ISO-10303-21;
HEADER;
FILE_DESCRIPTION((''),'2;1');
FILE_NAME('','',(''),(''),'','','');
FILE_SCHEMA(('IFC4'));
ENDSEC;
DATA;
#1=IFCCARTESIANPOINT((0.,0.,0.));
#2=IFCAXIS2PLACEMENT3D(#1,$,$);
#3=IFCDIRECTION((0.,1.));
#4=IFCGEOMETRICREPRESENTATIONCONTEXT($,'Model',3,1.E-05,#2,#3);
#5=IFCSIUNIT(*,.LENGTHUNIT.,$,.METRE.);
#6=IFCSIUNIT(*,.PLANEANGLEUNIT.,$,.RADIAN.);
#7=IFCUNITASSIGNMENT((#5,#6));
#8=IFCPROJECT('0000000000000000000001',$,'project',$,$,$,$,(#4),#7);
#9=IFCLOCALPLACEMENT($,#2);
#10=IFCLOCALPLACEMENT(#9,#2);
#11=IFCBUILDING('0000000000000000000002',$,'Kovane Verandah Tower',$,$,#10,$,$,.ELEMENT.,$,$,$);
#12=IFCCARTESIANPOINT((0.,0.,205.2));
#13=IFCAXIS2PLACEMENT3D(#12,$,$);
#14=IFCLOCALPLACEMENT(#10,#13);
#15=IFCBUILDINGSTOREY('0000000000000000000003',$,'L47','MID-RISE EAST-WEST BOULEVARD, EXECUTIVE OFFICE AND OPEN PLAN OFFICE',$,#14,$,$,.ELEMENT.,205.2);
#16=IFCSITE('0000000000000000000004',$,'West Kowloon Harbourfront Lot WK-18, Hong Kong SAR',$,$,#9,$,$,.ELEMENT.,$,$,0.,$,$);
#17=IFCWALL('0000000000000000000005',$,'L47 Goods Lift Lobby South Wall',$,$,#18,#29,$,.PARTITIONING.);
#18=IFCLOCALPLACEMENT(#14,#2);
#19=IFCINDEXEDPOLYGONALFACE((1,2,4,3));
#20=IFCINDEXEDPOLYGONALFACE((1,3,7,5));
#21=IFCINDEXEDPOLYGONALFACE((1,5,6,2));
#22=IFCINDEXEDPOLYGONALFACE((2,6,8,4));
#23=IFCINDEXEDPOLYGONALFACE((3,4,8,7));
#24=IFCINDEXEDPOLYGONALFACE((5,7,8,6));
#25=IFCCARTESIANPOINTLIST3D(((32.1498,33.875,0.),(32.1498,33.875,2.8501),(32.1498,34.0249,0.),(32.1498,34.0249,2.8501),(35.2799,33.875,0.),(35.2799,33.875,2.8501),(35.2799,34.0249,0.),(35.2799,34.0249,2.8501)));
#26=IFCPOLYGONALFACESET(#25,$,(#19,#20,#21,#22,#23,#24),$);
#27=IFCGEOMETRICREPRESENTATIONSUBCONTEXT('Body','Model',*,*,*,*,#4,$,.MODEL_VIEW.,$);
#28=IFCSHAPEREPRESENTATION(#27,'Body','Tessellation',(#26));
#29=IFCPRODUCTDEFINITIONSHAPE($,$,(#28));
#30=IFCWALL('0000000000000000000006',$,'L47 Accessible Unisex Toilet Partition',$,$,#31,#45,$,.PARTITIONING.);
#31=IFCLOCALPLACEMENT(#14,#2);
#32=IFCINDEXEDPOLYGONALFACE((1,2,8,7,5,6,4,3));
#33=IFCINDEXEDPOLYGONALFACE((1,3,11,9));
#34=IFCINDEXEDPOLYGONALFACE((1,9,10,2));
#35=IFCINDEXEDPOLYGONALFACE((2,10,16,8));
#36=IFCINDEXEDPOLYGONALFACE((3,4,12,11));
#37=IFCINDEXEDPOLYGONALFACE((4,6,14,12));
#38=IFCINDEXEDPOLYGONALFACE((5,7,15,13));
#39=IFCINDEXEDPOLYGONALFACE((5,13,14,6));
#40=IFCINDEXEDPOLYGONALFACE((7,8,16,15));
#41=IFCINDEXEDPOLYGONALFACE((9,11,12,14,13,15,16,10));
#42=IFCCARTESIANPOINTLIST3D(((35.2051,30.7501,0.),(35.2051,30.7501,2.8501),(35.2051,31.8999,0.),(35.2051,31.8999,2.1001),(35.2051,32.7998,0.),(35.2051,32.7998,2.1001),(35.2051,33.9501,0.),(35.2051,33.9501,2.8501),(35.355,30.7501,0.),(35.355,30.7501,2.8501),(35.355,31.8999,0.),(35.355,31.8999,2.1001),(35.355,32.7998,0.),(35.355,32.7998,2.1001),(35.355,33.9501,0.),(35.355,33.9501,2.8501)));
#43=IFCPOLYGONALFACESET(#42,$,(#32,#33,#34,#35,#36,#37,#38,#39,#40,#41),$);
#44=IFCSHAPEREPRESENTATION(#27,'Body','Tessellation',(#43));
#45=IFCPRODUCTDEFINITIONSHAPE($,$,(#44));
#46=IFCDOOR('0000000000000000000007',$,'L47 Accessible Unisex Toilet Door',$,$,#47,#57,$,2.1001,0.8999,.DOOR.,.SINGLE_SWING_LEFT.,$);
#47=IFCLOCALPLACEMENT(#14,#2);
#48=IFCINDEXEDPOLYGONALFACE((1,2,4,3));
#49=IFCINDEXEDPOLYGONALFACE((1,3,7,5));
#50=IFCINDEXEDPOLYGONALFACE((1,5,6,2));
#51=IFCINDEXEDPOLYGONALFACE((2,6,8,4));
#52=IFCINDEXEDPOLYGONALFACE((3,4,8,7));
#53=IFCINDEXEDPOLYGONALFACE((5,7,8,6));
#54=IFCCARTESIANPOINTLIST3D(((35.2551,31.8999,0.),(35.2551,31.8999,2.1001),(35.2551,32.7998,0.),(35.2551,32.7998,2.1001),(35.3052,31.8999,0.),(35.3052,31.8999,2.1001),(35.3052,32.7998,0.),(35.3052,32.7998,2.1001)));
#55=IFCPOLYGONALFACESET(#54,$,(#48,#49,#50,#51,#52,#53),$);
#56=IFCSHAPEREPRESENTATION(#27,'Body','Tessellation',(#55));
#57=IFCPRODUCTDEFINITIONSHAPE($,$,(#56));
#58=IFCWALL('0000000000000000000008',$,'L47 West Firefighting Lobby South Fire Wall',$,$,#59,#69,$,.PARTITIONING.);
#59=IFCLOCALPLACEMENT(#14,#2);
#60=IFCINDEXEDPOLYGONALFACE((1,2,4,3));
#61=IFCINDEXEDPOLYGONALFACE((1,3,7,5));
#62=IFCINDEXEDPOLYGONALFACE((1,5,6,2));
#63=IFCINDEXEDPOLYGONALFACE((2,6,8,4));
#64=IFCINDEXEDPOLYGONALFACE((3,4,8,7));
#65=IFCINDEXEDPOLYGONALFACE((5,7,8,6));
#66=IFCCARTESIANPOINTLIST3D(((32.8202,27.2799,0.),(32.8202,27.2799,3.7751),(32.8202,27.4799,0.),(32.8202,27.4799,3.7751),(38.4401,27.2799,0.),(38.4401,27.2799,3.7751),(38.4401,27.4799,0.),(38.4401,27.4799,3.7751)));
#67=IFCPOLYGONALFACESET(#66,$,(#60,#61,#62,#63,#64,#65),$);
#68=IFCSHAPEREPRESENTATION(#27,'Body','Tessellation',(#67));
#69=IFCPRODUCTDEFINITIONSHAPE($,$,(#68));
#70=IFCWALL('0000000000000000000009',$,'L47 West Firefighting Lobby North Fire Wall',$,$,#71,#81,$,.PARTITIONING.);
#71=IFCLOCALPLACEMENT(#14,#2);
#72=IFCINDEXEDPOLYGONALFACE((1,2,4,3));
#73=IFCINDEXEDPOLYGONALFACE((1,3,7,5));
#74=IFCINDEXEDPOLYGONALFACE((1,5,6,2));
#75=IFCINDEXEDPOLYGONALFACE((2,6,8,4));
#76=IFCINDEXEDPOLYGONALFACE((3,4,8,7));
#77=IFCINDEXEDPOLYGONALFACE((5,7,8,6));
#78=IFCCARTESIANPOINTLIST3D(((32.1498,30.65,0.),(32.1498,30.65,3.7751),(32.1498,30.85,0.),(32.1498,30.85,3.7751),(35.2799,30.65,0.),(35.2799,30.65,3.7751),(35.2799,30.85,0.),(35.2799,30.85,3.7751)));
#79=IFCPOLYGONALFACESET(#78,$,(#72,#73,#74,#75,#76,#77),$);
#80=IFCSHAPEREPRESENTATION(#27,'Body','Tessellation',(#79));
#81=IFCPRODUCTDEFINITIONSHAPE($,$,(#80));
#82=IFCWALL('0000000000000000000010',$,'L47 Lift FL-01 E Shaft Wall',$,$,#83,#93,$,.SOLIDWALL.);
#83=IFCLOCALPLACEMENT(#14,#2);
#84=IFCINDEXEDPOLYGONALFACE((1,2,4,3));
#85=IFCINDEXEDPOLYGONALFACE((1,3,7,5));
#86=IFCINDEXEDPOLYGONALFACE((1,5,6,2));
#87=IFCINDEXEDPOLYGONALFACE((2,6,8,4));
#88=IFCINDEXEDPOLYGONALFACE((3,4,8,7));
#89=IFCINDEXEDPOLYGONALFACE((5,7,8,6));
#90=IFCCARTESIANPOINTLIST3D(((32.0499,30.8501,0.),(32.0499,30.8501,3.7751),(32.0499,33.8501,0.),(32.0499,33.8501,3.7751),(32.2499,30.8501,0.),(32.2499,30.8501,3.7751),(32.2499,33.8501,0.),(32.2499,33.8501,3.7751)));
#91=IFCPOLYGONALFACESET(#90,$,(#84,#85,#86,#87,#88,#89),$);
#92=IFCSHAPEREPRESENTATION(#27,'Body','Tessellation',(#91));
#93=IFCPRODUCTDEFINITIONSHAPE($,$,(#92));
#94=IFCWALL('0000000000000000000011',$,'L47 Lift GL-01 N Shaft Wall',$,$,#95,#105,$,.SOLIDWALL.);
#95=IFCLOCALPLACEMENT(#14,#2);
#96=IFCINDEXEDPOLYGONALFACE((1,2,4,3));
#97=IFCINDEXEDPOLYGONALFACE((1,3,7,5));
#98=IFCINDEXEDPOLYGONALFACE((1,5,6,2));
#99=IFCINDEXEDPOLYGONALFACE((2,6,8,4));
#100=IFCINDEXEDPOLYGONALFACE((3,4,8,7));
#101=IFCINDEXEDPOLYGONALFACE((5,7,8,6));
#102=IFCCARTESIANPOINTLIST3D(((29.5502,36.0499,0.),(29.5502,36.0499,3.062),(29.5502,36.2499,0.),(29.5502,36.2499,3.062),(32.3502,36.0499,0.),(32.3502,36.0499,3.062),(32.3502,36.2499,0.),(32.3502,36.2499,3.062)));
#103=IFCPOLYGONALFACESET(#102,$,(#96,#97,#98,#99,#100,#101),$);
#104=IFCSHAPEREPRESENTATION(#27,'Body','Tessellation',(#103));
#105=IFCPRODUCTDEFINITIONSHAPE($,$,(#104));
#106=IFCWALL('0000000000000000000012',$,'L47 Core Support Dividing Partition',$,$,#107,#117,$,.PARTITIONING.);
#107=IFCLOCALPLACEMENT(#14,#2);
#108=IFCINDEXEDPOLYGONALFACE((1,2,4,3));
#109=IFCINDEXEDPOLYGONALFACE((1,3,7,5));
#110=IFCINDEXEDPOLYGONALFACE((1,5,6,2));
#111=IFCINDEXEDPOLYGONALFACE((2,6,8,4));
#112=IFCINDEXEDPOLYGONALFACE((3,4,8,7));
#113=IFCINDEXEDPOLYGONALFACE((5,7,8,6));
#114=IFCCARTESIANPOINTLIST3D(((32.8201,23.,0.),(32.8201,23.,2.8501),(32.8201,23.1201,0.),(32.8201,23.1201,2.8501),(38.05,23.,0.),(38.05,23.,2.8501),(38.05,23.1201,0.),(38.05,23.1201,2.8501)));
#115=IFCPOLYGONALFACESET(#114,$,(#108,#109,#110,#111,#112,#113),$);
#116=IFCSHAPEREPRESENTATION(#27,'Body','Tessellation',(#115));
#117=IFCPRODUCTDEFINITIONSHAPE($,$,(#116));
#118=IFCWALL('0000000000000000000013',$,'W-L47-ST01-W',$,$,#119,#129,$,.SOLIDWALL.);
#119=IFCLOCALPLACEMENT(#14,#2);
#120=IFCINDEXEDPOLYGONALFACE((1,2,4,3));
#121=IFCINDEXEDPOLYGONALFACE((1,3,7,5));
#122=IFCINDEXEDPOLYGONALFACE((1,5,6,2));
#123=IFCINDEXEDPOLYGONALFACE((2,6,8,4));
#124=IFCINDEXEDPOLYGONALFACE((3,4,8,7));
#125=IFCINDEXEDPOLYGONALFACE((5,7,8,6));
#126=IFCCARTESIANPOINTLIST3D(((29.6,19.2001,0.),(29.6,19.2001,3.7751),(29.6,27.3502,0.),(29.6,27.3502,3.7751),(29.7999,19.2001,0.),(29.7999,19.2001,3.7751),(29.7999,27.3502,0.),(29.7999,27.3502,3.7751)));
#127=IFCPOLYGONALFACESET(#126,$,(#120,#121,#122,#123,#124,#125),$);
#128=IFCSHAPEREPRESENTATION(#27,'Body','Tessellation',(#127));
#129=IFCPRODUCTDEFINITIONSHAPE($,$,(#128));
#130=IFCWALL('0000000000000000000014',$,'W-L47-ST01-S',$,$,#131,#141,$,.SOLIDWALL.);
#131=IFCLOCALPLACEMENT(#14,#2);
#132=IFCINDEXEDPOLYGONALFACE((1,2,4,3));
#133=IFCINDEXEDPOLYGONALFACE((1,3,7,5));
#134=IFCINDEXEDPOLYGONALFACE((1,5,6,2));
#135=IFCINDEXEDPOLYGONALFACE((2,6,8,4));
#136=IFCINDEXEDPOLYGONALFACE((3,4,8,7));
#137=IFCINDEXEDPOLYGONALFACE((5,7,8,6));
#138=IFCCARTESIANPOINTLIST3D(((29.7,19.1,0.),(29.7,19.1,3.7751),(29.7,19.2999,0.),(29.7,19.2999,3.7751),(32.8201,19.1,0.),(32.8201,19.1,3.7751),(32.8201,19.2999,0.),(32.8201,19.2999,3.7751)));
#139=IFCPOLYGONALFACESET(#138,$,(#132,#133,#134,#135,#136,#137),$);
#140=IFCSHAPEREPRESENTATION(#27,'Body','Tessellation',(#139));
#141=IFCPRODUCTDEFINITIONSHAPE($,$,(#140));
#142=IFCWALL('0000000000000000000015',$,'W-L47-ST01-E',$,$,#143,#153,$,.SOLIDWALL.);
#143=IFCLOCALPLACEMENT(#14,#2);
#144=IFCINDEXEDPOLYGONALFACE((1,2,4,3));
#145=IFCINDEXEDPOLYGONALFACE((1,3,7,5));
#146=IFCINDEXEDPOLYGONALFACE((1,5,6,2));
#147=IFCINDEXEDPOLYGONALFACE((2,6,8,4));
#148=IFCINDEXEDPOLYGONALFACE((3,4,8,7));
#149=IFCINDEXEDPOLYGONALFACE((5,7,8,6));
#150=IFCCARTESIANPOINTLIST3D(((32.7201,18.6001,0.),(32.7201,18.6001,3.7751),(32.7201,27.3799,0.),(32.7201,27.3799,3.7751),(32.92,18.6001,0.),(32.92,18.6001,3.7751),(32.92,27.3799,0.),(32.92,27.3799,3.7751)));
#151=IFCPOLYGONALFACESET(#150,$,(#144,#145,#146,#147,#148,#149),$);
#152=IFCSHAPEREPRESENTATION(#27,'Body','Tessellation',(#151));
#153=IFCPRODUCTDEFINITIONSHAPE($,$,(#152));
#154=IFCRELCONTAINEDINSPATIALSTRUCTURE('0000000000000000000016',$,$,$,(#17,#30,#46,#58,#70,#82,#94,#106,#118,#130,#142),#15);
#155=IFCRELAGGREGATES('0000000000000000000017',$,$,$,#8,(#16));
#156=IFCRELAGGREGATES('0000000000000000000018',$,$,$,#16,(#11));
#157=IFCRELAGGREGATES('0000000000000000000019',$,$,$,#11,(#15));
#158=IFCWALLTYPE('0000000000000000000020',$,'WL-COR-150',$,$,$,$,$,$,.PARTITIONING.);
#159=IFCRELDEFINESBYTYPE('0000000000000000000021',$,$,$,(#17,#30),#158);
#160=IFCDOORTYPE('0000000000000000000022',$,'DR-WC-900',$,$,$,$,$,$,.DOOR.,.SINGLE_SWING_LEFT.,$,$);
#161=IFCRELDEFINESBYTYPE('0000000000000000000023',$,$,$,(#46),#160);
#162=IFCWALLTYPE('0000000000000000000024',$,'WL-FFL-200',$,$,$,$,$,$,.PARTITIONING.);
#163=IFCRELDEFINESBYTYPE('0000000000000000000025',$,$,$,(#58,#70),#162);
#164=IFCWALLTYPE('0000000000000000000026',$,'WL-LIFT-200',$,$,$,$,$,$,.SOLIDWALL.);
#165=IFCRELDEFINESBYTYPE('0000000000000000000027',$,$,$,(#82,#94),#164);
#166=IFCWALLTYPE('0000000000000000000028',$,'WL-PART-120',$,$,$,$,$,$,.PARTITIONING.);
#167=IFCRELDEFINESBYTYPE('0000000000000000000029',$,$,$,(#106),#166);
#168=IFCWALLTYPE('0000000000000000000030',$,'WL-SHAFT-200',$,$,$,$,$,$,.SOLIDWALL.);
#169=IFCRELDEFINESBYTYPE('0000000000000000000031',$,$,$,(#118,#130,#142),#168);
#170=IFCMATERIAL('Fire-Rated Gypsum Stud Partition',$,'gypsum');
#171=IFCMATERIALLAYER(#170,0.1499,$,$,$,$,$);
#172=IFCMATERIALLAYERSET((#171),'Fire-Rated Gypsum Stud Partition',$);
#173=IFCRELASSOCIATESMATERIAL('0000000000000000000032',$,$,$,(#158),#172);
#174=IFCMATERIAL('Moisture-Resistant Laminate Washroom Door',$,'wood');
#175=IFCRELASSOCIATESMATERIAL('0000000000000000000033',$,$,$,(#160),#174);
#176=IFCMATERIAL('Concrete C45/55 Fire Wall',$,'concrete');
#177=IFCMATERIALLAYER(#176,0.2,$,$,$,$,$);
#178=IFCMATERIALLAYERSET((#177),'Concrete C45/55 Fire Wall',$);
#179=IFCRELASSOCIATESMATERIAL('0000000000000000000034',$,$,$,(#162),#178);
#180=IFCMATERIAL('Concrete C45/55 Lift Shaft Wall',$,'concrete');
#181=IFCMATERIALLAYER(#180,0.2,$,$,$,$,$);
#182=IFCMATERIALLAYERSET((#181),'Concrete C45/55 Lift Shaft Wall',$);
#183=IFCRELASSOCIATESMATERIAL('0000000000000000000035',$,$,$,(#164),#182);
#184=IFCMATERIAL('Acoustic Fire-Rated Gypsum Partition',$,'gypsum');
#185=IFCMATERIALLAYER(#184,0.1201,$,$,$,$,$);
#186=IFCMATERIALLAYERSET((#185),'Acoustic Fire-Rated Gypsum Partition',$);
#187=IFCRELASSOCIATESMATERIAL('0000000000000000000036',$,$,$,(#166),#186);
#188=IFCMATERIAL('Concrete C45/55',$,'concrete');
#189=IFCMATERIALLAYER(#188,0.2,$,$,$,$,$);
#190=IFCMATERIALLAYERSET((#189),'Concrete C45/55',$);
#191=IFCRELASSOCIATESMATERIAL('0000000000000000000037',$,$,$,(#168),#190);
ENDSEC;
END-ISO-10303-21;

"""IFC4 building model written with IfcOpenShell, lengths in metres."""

from ifc_helpers import new_model, si_unit, direction, frame, frame_2d, origin, place, context, subcontext, project, spatial, rectangle, extrude, material, layer, layer_set, type_object, element, fill, save


model = new_model("IFC4")

# Units and contexts
model_context = context("Model", 3, precision=1e-05, world=origin(), true_north=direction((0.0, 1.0)))
body_context = subcontext(model_context, "Body", "Model", "MODEL_VIEW")
ifc_project = project(units=[si_unit("LENGTHUNIT", "METRE"), si_unit("PLANEANGLEUNIT", "RADIAN")], contexts=[model_context])

# Site, building, storey
site_placement = place(None, origin())
site = spatial("IfcSite", under=ifc_project, at=site_placement, Name="West Kowloon Harbourfront Lot WK-18, Hong Kong SAR", CompositionType="ELEMENT", RefElevation=0.0)
building_placement = place(site_placement, origin())
building = spatial("IfcBuilding", under=site, at=building_placement, Name="Kovane Verandah Tower", CompositionType="ELEMENT")
storey_placement = place(building_placement, frame((0.0, 0.0, 205.2)))
storey = spatial("IfcBuildingStorey", under=building, at=storey_placement, Name="L47", Description="MID-RISE EAST-WEST BOULEVARD, EXECUTIVE OFFICE AND OPEN PLAN OFFICE", CompositionType="ELEMENT", Elevation=205.2)

# Wall
ifc_material_1 = material(Name="Fire-Rated Gypsum Stud Partition", Category="gypsum")
ifc_layer_1 = layer(ifc_material_1, 0.1499)
ifc_layer_set_1 = layer_set([ifc_layer_1], Name="Fire-Rated Gypsum Stud Partition")
wall_type_1 = type_object("IfcWallType", Name="WL-COR-150", PredefinedType="PARTITIONING", material=ifc_layer_set_1)
wall_1_placement = place(storey_placement, frame((32.1499, 33.95, 0.0), z_axis=(0.0, 0.0, 1.0), x_axis=(1.0, 0.0, 0.0)))
element("IfcWall", 1, at=wall_1_placement, inside=storey, type_object=wall_type_1, Name="L47 Goods Lift Lobby South Wall", PredefinedType="PARTITIONING", context=body_context, shape_type="SweptSolid", body=[
    extrude(rectangle(XDim=3.1301, YDim=0.1499, at=frame_2d((1.5649, 0.0))), origin(), (0.0, 0.0, 1.0), 2.8501),
])

# Wall, opening, door
wall_2_placement = place(storey_placement, frame((35.28, 30.75, 0.0), z_axis=(0.0, 0.0, 1.0), x_axis=(0.0, 1.0, 0.0)))
wall_2 = element("IfcWall", 2, at=wall_2_placement, inside=storey, type_object=wall_type_1, Name="L47 Accessible Unisex Toilet Partition", PredefinedType="PARTITIONING", context=body_context, shape_type="SweptSolid", body=[
    extrude(rectangle(XDim=3.2, YDim=0.1499, at=frame_2d((1.6001, 0.0))), origin(), (0.0, 0.0, 1.0), 2.8501),
])
opening_1_placement = place(wall_2_placement, frame((1.1499, 0.0, 0.0)))
opening_1 = element("IfcOpeningElement", 3, at=opening_1_placement, cuts=wall_2, PredefinedType="OPENING", context=body_context, shape_type="SweptSolid", body=[
    extrude(rectangle(XDim=0.8999, YDim=2.1001, at=frame_2d((0.45, 1.05))), frame((0.0, 0.075, 0.0), z_axis=(0.0, -1.0, 0.0), x_axis=(1.0, 0.0, 0.0)), (0.0, 0.0, 1.0), 0.1499),
])
ifc_material_2 = material(Name="Moisture-Resistant Laminate Washroom Door", Category="wood")
door_type_1 = type_object("IfcDoorType", Name="DR-WC-900", OperationType="SINGLE_SWING_LEFT", PredefinedType="DOOR", material=ifc_material_2)
door_1_placement = place(opening_1_placement, origin())
door_1 = element("IfcDoor", 4, at=door_1_placement, inside=storey, type_object=door_type_1, Name="L47 Accessible Unisex Toilet Door", OperationType="SINGLE_SWING_LEFT", OverallHeight=2.1001, OverallWidth=0.8999, PredefinedType="DOOR", context=body_context, shape_type="SweptSolid", body=[
    extrude(rectangle(XDim=0.8999, YDim=2.1001, at=frame_2d((0.45, 1.05))), frame((0.0, 0.0249, 0.0), z_axis=(0.0, -1.0, 0.0), x_axis=(1.0, 0.0, 0.0)), (0.0, 0.0, 1.0), 0.05),
])
fill(opening_1, door_1)
ifc_material_3 = material(Name="Concrete C45/55 Fire Wall", Category="concrete")
ifc_layer_2 = layer(ifc_material_3, 0.2)
ifc_layer_set_2 = layer_set([ifc_layer_2], Name="Concrete C45/55 Fire Wall")
wall_type_2 = type_object("IfcWallType", Name="WL-FFL-200", PredefinedType="PARTITIONING", material=ifc_layer_set_2)

# Walls
wall_3_placement = place(storey_placement, frame((32.8201, 27.3799, 0.0), z_axis=(0.0, 0.0, 1.0), x_axis=(1.0, 0.0, 0.0)))
element("IfcWall", 5, at=wall_3_placement, inside=storey, type_object=wall_type_2, Name="L47 West Firefighting Lobby South Fire Wall", PredefinedType="PARTITIONING", context=body_context, shape_type="SweptSolid", body=[
    extrude(rectangle(XDim=5.6199, YDim=0.2, at=frame_2d((2.8101, 0.0))), origin(), (0.0, 0.0, 1.0), 3.7751),
])
wall_4_placement = place(storey_placement, frame((32.1499, 30.75, 0.0), z_axis=(0.0, 0.0, 1.0), x_axis=(1.0, 0.0, 0.0)))
element("IfcWall", 6, at=wall_4_placement, inside=storey, type_object=wall_type_2, Name="L47 West Firefighting Lobby North Fire Wall", PredefinedType="PARTITIONING", context=body_context, shape_type="SweptSolid", body=[
    extrude(rectangle(XDim=3.1301, YDim=0.2, at=frame_2d((1.5649, 0.0))), origin(), (0.0, 0.0, 1.0), 3.7751),
])
ifc_material_4 = material(Name="Concrete C45/55 Lift Shaft Wall", Category="concrete")
ifc_layer_3 = layer(ifc_material_4, 0.2)
ifc_layer_set_3 = layer_set([ifc_layer_3], Name="Concrete C45/55 Lift Shaft Wall")
wall_type_3 = type_object("IfcWallType", Name="WL-LIFT-200", PredefinedType="SOLIDWALL", material=ifc_layer_set_3)
wall_5_placement = place(storey_placement, frame((32.1499, 30.8501, 0.0), z_axis=(0.0, 0.0, 1.0), x_axis=(0.0, 1.0, 0.0)))
element("IfcWall", 7, at=wall_5_placement, inside=storey, type_object=wall_type_3, Name="L47 Lift FL-01 E Shaft Wall", PredefinedType="SOLIDWALL", context=body_context, shape_type="SweptSolid", body=[
    extrude(rectangle(XDim=3.0, YDim=0.2, at=frame_2d((1.5, 0.0))), origin(), (0.0, 0.0, 1.0), 3.7751),
])
wall_6_placement = place(storey_placement, frame((32.3501, 36.1499, 0.0), z_axis=(0.0, 0.0, 1.0), x_axis=(-1.0, 0.0, 0.0)))
element("IfcWall", 8, at=wall_6_placement, inside=storey, type_object=wall_type_3, Name="L47 Lift GL-01 N Shaft Wall", PredefinedType="SOLIDWALL", context=body_context, shape_type="SweptSolid", body=[
    extrude(rectangle(XDim=2.8, YDim=0.2, at=frame_2d((1.3999, 0.0))), origin(), (0.0, 0.0, 1.0), 3.062),
])

# Walls
ifc_material_5 = material(Name="Acoustic Fire-Rated Gypsum Partition", Category="gypsum")
ifc_layer_4 = layer(ifc_material_5, 0.1201)
ifc_layer_set_4 = layer_set([ifc_layer_4], Name="Acoustic Fire-Rated Gypsum Partition")
wall_type_4 = type_object("IfcWallType", Name="WL-PART-120", PredefinedType="PARTITIONING", material=ifc_layer_set_4)
wall_7_placement = place(storey_placement, frame((32.8201, 23.0601, 0.0), z_axis=(0.0, 0.0, 1.0), x_axis=(1.0, 0.0, 0.0)))
element("IfcWall", 9, at=wall_7_placement, inside=storey, type_object=wall_type_4, Name="L47 Core Support Dividing Partition", PredefinedType="PARTITIONING", context=body_context, shape_type="SweptSolid", body=[
    extrude(rectangle(XDim=5.23, YDim=0.1201, at=frame_2d((2.615, 0.0))), origin(), (0.0, 0.0, 1.0), 2.8501),
])
ifc_material_6 = material(Name="Concrete C45/55", Category="concrete")
ifc_layer_5 = layer(ifc_material_6, 0.2)
ifc_layer_set_5 = layer_set([ifc_layer_5], Name="Concrete C45/55")
wall_type_5 = type_object("IfcWallType", Name="WL-SHAFT-200", PredefinedType="SOLIDWALL", material=ifc_layer_set_5)
wall_8_placement = place(storey_placement, frame((29.7, 19.2, 0.0), z_axis=(0.0, 0.0, 1.0), x_axis=(0.0, 1.0, 0.0)))
element("IfcWall", 10, at=wall_8_placement, inside=storey, type_object=wall_type_5, Name="W-L47-ST01-W", PredefinedType="SOLIDWALL", context=body_context, shape_type="SweptSolid", body=[
    extrude(rectangle(XDim=8.1501, YDim=0.2, at=frame_2d((4.0752, 0.0))), origin(), (0.0, 0.0, 1.0), 3.7751),
])
wall_9_placement = place(storey_placement, frame((29.7, 19.2, 0.0), z_axis=(0.0, 0.0, 1.0), x_axis=(1.0, 0.0, 0.0)))
element("IfcWall", 11, at=wall_9_placement, inside=storey, type_object=wall_type_5, Name="W-L47-ST01-S", PredefinedType="SOLIDWALL", context=body_context, shape_type="SweptSolid", body=[
    extrude(rectangle(XDim=3.1201, YDim=0.2, at=frame_2d((1.5601, 0.0))), origin(), (0.0, 0.0, 1.0), 3.7751),
])
wall_10_placement = place(storey_placement, frame((32.8201, 18.6001, 0.0), z_axis=(0.0, 0.0, 1.0), x_axis=(0.0, 1.0, 0.0)))
element("IfcWall", 12, at=wall_10_placement, inside=storey, type_object=wall_type_5, Name="W-L47-ST01-E", PredefinedType="SOLIDWALL", context=body_context, shape_type="SweptSolid", body=[
    extrude(rectangle(XDim=8.7798, YDim=0.2, at=frame_2d((4.3899, 0.0))), origin(), (0.0, 0.0, 1.0), 3.7751),
])

save(model, "model.ifc")
